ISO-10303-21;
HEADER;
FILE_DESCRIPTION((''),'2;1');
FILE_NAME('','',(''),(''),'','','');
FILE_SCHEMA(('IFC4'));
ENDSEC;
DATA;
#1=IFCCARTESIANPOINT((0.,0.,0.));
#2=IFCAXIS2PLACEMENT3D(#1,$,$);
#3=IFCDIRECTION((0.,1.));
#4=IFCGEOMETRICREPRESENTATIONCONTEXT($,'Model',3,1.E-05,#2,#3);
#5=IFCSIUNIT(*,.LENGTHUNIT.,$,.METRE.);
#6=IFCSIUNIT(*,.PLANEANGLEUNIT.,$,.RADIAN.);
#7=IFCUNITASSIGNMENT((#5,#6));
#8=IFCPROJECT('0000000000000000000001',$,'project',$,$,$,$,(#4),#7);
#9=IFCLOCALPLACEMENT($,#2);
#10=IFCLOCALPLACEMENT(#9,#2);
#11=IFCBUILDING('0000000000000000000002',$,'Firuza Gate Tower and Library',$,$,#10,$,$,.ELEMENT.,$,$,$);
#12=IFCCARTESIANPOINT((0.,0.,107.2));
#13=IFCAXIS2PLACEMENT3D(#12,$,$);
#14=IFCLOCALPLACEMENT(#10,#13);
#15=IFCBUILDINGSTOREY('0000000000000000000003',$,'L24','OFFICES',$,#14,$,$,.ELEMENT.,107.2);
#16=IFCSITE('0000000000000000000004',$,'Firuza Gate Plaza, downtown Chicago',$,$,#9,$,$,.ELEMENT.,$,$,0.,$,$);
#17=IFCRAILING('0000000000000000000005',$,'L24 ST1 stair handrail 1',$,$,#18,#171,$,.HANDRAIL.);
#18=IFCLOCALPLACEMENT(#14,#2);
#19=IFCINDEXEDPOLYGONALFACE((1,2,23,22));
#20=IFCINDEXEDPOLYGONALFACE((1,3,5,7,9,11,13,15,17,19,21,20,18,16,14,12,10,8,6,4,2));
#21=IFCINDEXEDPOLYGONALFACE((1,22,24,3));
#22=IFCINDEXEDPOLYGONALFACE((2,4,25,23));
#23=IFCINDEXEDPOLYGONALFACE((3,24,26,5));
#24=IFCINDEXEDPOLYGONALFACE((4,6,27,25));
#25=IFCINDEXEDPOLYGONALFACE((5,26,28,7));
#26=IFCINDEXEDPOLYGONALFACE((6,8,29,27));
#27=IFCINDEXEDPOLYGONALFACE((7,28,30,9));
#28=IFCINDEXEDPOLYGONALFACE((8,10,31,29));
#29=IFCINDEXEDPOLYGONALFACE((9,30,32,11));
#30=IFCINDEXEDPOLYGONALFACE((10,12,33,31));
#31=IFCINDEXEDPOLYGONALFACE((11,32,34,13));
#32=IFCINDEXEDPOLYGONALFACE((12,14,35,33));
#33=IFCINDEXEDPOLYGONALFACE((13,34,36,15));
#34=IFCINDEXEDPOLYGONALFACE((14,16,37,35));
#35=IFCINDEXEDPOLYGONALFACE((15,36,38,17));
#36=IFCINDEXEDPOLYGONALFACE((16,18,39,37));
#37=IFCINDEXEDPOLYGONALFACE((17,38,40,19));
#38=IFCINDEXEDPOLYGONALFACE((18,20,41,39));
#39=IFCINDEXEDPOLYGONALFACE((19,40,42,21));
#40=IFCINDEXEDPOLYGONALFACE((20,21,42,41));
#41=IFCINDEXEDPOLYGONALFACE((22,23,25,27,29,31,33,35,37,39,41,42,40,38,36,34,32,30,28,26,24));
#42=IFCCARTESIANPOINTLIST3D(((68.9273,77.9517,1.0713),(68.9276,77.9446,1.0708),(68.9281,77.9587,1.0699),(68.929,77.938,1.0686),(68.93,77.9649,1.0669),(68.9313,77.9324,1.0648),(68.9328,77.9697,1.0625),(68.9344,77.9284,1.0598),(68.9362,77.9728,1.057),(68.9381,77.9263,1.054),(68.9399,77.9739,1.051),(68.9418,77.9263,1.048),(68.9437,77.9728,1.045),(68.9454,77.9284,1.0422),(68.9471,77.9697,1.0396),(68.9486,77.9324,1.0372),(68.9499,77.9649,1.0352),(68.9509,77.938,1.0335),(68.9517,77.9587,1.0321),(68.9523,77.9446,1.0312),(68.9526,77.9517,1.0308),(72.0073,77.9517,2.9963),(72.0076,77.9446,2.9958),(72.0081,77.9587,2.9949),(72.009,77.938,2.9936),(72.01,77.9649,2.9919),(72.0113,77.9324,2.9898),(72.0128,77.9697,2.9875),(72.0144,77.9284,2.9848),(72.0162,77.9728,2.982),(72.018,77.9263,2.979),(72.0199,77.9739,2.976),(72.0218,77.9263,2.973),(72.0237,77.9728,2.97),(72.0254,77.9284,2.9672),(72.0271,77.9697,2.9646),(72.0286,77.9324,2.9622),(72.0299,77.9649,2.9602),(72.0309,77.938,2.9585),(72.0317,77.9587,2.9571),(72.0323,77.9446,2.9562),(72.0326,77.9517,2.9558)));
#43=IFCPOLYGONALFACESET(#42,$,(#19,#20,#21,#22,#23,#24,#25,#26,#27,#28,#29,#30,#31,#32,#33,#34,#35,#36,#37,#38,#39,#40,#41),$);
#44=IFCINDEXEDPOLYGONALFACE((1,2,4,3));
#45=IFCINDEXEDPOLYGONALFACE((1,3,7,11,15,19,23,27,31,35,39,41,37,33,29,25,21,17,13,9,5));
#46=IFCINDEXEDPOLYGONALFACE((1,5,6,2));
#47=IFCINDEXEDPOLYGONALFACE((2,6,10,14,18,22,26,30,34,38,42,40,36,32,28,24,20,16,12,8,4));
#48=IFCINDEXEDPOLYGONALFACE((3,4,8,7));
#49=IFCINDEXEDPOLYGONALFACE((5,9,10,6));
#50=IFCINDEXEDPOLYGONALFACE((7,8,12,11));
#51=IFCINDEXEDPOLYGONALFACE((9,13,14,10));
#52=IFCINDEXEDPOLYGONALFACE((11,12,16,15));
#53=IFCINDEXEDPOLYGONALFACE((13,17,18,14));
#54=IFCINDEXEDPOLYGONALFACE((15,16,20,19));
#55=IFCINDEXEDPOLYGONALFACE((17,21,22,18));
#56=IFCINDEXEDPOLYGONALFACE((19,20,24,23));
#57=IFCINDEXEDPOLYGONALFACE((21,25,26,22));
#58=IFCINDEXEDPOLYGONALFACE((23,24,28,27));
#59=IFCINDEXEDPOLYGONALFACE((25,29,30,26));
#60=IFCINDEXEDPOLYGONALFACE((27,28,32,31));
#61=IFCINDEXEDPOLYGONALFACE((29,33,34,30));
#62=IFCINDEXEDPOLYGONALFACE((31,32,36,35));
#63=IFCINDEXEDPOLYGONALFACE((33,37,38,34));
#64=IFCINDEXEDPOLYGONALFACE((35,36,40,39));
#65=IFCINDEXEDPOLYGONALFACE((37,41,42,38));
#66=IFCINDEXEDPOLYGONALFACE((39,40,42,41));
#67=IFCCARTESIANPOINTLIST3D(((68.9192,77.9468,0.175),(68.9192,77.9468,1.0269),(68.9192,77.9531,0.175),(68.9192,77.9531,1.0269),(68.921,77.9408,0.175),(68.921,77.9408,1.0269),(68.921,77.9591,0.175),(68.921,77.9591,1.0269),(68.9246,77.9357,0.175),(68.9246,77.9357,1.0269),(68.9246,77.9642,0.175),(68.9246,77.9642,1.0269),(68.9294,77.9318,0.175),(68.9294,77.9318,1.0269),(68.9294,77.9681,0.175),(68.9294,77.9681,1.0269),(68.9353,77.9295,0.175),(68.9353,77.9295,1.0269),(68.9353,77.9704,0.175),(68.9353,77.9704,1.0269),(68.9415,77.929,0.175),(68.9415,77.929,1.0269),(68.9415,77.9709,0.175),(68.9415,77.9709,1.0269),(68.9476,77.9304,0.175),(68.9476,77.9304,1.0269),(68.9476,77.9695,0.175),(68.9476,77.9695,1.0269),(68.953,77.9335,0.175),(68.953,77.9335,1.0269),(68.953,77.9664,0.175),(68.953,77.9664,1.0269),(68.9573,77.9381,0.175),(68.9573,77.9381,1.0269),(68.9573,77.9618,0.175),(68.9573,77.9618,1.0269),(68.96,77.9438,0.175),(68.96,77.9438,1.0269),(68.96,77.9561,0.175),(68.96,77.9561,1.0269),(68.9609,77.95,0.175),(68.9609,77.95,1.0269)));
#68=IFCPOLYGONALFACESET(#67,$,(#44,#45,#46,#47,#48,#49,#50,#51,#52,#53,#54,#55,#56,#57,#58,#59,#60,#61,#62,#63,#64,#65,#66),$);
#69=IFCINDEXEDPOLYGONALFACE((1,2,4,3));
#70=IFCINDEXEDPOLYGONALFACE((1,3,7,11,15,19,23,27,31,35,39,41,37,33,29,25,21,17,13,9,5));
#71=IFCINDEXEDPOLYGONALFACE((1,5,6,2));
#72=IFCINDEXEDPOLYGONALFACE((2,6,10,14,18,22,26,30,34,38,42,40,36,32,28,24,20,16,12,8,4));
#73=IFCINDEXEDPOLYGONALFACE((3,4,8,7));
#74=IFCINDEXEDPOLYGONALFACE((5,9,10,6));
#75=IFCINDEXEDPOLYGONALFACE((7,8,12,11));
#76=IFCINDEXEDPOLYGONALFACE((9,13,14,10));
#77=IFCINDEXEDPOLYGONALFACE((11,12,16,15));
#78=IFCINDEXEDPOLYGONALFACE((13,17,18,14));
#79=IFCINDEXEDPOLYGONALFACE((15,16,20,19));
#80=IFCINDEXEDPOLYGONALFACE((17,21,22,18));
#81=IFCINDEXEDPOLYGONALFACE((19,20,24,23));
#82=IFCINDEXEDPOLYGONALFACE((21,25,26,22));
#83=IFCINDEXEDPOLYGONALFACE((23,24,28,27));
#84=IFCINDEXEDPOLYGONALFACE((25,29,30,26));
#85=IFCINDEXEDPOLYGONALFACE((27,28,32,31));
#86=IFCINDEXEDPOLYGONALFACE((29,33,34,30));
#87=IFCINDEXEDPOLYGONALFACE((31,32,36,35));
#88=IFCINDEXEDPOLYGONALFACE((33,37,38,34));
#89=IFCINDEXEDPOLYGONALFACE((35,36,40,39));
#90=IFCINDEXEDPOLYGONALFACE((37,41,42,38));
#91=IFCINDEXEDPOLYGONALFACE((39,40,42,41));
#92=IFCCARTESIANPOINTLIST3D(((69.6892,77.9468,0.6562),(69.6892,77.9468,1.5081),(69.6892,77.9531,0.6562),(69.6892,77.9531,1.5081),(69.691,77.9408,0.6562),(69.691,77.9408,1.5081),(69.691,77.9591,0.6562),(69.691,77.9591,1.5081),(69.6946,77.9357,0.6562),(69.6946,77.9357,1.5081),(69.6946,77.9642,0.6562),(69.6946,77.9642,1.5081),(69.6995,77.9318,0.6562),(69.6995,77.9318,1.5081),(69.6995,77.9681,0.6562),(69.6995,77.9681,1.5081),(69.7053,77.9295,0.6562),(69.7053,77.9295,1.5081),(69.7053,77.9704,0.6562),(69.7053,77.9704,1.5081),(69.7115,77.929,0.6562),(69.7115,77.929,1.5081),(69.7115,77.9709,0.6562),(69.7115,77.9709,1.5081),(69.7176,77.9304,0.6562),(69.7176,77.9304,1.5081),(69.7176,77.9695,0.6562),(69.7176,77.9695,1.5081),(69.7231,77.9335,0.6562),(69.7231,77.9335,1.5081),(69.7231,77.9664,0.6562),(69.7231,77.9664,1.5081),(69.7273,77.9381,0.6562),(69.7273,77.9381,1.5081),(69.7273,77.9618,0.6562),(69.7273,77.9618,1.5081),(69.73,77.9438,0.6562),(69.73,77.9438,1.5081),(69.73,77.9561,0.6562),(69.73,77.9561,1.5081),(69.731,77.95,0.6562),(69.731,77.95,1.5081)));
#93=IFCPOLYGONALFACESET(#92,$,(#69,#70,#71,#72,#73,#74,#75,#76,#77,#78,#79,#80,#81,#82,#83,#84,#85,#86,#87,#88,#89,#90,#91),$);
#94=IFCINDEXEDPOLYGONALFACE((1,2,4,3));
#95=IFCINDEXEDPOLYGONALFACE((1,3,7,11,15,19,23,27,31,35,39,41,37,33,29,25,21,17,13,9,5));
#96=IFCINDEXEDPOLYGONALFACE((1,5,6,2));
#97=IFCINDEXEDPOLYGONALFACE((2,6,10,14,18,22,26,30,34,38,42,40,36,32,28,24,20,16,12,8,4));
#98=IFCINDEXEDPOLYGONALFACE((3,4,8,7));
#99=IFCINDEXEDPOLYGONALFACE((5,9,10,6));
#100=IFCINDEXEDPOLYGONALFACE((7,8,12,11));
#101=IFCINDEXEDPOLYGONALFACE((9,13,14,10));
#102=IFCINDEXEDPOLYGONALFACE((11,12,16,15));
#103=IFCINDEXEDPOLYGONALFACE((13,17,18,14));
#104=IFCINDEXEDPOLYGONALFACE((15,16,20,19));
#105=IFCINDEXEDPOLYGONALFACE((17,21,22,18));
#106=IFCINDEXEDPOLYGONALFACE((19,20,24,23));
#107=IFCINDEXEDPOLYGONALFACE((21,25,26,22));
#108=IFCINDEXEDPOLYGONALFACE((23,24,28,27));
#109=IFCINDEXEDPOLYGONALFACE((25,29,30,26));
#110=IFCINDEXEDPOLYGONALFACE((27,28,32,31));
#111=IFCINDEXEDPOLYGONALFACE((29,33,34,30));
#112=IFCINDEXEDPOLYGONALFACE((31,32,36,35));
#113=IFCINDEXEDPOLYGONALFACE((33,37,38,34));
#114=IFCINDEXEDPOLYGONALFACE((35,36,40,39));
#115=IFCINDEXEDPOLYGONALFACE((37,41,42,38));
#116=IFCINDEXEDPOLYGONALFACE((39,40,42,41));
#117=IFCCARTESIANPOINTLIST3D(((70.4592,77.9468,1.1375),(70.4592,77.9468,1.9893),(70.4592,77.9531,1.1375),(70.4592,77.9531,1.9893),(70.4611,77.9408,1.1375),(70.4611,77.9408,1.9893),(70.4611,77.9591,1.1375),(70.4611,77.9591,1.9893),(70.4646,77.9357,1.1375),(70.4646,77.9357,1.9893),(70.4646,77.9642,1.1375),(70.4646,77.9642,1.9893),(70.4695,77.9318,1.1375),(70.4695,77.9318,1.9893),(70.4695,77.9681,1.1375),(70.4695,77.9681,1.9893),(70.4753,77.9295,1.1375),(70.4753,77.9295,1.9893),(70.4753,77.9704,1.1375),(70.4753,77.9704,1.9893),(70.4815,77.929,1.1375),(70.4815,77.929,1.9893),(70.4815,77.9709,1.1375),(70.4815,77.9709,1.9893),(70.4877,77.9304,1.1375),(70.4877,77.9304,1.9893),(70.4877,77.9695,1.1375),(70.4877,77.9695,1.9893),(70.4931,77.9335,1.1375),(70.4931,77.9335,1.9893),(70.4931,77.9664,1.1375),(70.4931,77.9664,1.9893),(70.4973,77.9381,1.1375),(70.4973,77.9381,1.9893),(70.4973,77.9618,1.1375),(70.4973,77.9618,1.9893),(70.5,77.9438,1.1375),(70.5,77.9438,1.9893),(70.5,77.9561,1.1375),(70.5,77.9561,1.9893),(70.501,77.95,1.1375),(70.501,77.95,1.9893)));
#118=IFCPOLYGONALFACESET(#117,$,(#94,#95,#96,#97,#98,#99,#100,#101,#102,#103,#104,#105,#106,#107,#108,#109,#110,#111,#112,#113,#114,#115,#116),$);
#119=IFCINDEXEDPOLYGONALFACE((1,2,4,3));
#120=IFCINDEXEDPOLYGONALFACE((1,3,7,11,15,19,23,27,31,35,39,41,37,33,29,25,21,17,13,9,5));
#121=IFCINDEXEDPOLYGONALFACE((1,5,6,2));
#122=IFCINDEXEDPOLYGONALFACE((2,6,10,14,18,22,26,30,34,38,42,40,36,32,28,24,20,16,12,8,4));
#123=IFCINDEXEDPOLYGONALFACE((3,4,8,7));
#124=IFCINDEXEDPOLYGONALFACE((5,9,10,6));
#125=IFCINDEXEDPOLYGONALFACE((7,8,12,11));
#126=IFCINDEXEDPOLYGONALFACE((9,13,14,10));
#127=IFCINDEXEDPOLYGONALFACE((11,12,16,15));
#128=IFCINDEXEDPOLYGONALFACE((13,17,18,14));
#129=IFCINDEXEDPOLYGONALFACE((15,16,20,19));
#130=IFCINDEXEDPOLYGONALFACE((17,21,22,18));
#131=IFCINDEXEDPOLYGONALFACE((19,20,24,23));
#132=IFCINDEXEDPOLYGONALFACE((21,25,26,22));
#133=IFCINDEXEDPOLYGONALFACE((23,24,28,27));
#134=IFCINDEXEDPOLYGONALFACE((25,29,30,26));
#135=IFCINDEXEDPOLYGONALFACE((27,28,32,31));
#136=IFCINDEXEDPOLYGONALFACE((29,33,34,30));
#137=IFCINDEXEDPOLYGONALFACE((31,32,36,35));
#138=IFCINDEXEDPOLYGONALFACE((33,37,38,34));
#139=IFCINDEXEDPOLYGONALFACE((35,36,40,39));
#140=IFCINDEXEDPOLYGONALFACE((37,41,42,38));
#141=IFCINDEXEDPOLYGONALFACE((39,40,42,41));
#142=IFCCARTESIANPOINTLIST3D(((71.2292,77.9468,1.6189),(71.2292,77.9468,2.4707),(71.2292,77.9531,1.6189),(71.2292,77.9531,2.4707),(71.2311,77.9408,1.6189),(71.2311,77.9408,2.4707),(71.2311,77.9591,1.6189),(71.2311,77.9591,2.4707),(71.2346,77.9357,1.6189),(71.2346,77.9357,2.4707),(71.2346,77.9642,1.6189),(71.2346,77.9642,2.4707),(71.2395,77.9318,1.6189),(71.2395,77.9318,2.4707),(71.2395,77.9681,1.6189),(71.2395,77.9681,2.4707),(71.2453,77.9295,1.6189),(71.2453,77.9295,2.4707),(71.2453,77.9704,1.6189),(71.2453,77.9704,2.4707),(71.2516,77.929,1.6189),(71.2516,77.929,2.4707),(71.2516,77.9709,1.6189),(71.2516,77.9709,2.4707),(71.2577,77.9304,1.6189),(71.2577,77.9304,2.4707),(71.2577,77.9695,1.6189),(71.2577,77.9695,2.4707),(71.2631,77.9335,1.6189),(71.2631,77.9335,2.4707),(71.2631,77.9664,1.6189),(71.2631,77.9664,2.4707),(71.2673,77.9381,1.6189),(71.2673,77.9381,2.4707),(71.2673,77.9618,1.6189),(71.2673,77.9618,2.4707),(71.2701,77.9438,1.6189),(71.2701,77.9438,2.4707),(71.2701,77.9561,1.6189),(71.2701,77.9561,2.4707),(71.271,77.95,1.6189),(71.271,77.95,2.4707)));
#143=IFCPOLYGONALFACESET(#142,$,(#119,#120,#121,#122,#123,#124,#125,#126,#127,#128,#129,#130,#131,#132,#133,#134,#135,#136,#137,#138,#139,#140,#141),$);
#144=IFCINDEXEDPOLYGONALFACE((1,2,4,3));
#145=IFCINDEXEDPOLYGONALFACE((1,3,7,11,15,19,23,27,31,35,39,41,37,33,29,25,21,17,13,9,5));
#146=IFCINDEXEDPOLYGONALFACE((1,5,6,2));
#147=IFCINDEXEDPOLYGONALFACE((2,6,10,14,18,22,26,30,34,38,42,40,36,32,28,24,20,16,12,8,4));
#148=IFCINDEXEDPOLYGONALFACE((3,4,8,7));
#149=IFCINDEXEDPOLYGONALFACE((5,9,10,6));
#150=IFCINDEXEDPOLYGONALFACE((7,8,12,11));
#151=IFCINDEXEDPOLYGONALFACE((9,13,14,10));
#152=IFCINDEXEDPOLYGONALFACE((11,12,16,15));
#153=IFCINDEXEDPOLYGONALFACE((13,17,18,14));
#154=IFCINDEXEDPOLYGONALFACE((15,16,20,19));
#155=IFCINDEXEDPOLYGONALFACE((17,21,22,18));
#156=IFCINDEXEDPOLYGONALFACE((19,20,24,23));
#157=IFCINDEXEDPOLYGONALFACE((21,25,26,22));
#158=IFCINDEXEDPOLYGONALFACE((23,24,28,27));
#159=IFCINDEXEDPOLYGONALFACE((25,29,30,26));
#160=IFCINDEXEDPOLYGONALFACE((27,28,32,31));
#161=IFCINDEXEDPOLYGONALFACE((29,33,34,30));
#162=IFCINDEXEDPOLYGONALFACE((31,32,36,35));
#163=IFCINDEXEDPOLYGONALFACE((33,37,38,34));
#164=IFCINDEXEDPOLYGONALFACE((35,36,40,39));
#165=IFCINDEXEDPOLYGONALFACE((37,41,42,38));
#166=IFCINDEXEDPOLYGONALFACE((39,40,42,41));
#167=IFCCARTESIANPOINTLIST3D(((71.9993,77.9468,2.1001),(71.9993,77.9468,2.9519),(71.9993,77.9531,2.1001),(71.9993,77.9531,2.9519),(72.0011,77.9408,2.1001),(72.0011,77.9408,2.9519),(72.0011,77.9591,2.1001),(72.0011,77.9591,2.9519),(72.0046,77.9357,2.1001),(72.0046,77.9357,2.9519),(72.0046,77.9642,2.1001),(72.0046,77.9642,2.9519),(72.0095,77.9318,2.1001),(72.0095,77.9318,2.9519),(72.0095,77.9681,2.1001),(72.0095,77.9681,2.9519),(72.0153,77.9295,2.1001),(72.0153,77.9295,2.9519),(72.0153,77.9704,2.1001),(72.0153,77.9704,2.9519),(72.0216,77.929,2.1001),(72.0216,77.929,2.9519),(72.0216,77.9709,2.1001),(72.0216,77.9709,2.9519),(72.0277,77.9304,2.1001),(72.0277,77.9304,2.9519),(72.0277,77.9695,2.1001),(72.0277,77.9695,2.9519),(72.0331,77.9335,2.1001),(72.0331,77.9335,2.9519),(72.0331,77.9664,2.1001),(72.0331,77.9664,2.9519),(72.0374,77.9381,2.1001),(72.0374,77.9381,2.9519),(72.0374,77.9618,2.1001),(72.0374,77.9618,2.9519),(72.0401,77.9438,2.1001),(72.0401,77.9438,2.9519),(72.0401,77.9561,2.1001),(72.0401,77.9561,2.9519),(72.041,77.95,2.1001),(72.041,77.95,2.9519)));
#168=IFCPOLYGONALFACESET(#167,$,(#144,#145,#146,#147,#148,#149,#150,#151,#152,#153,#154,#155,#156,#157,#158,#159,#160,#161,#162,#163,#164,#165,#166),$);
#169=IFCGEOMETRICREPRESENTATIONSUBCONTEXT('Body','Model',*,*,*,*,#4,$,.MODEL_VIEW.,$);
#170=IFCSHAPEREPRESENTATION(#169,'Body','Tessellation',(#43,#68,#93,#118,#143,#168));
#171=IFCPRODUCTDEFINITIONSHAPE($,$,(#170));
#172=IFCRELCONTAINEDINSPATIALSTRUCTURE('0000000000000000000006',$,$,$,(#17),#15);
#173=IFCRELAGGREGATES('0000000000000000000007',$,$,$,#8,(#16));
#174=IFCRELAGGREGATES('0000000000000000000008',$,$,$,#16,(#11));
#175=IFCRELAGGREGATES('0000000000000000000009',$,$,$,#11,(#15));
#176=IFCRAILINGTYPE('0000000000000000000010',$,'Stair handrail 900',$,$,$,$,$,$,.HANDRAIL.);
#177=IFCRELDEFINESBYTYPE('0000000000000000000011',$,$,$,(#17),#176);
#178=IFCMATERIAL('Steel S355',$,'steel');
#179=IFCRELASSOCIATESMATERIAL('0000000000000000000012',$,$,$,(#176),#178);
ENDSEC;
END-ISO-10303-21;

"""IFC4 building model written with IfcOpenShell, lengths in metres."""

from ifc_helpers import new_model, si_unit, direction, frame, origin, origin_2d, place, context, subcontext, project, spatial, circle, extrude, material, type_object, element, save


model = new_model("IFC4")

# Units and contexts
model_context = context("Model", 3, precision=1e-05, world=origin(), true_north=direction((0.0, 1.0)))
body_context = subcontext(model_context, "Body", "Model", "MODEL_VIEW")
ifc_project = project(units=[si_unit("LENGTHUNIT", "METRE"), si_unit("PLANEANGLEUNIT", "RADIAN")], contexts=[model_context])

# Site, building, storey
site_placement = place(None, origin())
site = spatial("IfcSite", under=ifc_project, at=site_placement, Name="Firuza Gate Plaza, downtown Chicago", CompositionType="ELEMENT", RefElevation=0.0)
building_placement = place(site_placement, origin())
building = spatial("IfcBuilding", under=site, at=building_placement, Name="Firuza Gate Tower and Library", CompositionType="ELEMENT")
storey_placement = place(building_placement, frame((0.0, 0.0, 107.2)))
storey = spatial("IfcBuildingStorey", under=building, at=storey_placement, Name="L24", Description="OFFICES", CompositionType="ELEMENT", Elevation=107.2)

# Railing
ifc_material_1 = material(Name="Steel S355", Category="steel")
railing_type_1 = type_object("IfcRailingType", Name="Stair handrail 900", PredefinedType="HANDRAIL", material=ifc_material_1)
railing_1_placement = place(storey_placement, frame((68.9399, 77.95, 0.175)))
element("IfcRailing", 1, at=railing_1_placement, inside=storey, type_object=railing_type_1, Name="L24 ST1 stair handrail 1", PredefinedType="HANDRAIL", context=body_context, shape_type="SweptSolid", body=[
    extrude(circle(Radius=0.0239, at=origin_2d()), frame((0.0, 0.0, 0.876), z_axis=(0.847998, 0.0, 0.529999), x_axis=(0.0, 1.0, 0.0)), (0.0, 0.0, 1.0), 3.6321),
    extrude(circle(Radius=0.021, at=origin_2d()), origin(), (0.0, 0.0, 1.0), 0.8518),
    extrude(circle(Radius=0.021, at=origin_2d()), frame((0.77, 0.0, 0.4812)), (0.0, 0.0, 1.0), 0.8518),
    extrude(circle(Radius=0.021, at=origin_2d()), frame((1.54, 0.0, 0.9624)), (0.0, 0.0, 1.0), 0.8518),
    extrude(circle(Radius=0.021, at=origin_2d()), frame((2.3101, 0.0, 1.4438)), (0.0, 0.0, 1.0), 0.8518),
    extrude(circle(Radius=0.021, at=origin_2d()), frame((3.0801, 0.0, 1.925)), (0.0, 0.0, 1.0), 0.8518),
])

save(model, "model.ifc")
